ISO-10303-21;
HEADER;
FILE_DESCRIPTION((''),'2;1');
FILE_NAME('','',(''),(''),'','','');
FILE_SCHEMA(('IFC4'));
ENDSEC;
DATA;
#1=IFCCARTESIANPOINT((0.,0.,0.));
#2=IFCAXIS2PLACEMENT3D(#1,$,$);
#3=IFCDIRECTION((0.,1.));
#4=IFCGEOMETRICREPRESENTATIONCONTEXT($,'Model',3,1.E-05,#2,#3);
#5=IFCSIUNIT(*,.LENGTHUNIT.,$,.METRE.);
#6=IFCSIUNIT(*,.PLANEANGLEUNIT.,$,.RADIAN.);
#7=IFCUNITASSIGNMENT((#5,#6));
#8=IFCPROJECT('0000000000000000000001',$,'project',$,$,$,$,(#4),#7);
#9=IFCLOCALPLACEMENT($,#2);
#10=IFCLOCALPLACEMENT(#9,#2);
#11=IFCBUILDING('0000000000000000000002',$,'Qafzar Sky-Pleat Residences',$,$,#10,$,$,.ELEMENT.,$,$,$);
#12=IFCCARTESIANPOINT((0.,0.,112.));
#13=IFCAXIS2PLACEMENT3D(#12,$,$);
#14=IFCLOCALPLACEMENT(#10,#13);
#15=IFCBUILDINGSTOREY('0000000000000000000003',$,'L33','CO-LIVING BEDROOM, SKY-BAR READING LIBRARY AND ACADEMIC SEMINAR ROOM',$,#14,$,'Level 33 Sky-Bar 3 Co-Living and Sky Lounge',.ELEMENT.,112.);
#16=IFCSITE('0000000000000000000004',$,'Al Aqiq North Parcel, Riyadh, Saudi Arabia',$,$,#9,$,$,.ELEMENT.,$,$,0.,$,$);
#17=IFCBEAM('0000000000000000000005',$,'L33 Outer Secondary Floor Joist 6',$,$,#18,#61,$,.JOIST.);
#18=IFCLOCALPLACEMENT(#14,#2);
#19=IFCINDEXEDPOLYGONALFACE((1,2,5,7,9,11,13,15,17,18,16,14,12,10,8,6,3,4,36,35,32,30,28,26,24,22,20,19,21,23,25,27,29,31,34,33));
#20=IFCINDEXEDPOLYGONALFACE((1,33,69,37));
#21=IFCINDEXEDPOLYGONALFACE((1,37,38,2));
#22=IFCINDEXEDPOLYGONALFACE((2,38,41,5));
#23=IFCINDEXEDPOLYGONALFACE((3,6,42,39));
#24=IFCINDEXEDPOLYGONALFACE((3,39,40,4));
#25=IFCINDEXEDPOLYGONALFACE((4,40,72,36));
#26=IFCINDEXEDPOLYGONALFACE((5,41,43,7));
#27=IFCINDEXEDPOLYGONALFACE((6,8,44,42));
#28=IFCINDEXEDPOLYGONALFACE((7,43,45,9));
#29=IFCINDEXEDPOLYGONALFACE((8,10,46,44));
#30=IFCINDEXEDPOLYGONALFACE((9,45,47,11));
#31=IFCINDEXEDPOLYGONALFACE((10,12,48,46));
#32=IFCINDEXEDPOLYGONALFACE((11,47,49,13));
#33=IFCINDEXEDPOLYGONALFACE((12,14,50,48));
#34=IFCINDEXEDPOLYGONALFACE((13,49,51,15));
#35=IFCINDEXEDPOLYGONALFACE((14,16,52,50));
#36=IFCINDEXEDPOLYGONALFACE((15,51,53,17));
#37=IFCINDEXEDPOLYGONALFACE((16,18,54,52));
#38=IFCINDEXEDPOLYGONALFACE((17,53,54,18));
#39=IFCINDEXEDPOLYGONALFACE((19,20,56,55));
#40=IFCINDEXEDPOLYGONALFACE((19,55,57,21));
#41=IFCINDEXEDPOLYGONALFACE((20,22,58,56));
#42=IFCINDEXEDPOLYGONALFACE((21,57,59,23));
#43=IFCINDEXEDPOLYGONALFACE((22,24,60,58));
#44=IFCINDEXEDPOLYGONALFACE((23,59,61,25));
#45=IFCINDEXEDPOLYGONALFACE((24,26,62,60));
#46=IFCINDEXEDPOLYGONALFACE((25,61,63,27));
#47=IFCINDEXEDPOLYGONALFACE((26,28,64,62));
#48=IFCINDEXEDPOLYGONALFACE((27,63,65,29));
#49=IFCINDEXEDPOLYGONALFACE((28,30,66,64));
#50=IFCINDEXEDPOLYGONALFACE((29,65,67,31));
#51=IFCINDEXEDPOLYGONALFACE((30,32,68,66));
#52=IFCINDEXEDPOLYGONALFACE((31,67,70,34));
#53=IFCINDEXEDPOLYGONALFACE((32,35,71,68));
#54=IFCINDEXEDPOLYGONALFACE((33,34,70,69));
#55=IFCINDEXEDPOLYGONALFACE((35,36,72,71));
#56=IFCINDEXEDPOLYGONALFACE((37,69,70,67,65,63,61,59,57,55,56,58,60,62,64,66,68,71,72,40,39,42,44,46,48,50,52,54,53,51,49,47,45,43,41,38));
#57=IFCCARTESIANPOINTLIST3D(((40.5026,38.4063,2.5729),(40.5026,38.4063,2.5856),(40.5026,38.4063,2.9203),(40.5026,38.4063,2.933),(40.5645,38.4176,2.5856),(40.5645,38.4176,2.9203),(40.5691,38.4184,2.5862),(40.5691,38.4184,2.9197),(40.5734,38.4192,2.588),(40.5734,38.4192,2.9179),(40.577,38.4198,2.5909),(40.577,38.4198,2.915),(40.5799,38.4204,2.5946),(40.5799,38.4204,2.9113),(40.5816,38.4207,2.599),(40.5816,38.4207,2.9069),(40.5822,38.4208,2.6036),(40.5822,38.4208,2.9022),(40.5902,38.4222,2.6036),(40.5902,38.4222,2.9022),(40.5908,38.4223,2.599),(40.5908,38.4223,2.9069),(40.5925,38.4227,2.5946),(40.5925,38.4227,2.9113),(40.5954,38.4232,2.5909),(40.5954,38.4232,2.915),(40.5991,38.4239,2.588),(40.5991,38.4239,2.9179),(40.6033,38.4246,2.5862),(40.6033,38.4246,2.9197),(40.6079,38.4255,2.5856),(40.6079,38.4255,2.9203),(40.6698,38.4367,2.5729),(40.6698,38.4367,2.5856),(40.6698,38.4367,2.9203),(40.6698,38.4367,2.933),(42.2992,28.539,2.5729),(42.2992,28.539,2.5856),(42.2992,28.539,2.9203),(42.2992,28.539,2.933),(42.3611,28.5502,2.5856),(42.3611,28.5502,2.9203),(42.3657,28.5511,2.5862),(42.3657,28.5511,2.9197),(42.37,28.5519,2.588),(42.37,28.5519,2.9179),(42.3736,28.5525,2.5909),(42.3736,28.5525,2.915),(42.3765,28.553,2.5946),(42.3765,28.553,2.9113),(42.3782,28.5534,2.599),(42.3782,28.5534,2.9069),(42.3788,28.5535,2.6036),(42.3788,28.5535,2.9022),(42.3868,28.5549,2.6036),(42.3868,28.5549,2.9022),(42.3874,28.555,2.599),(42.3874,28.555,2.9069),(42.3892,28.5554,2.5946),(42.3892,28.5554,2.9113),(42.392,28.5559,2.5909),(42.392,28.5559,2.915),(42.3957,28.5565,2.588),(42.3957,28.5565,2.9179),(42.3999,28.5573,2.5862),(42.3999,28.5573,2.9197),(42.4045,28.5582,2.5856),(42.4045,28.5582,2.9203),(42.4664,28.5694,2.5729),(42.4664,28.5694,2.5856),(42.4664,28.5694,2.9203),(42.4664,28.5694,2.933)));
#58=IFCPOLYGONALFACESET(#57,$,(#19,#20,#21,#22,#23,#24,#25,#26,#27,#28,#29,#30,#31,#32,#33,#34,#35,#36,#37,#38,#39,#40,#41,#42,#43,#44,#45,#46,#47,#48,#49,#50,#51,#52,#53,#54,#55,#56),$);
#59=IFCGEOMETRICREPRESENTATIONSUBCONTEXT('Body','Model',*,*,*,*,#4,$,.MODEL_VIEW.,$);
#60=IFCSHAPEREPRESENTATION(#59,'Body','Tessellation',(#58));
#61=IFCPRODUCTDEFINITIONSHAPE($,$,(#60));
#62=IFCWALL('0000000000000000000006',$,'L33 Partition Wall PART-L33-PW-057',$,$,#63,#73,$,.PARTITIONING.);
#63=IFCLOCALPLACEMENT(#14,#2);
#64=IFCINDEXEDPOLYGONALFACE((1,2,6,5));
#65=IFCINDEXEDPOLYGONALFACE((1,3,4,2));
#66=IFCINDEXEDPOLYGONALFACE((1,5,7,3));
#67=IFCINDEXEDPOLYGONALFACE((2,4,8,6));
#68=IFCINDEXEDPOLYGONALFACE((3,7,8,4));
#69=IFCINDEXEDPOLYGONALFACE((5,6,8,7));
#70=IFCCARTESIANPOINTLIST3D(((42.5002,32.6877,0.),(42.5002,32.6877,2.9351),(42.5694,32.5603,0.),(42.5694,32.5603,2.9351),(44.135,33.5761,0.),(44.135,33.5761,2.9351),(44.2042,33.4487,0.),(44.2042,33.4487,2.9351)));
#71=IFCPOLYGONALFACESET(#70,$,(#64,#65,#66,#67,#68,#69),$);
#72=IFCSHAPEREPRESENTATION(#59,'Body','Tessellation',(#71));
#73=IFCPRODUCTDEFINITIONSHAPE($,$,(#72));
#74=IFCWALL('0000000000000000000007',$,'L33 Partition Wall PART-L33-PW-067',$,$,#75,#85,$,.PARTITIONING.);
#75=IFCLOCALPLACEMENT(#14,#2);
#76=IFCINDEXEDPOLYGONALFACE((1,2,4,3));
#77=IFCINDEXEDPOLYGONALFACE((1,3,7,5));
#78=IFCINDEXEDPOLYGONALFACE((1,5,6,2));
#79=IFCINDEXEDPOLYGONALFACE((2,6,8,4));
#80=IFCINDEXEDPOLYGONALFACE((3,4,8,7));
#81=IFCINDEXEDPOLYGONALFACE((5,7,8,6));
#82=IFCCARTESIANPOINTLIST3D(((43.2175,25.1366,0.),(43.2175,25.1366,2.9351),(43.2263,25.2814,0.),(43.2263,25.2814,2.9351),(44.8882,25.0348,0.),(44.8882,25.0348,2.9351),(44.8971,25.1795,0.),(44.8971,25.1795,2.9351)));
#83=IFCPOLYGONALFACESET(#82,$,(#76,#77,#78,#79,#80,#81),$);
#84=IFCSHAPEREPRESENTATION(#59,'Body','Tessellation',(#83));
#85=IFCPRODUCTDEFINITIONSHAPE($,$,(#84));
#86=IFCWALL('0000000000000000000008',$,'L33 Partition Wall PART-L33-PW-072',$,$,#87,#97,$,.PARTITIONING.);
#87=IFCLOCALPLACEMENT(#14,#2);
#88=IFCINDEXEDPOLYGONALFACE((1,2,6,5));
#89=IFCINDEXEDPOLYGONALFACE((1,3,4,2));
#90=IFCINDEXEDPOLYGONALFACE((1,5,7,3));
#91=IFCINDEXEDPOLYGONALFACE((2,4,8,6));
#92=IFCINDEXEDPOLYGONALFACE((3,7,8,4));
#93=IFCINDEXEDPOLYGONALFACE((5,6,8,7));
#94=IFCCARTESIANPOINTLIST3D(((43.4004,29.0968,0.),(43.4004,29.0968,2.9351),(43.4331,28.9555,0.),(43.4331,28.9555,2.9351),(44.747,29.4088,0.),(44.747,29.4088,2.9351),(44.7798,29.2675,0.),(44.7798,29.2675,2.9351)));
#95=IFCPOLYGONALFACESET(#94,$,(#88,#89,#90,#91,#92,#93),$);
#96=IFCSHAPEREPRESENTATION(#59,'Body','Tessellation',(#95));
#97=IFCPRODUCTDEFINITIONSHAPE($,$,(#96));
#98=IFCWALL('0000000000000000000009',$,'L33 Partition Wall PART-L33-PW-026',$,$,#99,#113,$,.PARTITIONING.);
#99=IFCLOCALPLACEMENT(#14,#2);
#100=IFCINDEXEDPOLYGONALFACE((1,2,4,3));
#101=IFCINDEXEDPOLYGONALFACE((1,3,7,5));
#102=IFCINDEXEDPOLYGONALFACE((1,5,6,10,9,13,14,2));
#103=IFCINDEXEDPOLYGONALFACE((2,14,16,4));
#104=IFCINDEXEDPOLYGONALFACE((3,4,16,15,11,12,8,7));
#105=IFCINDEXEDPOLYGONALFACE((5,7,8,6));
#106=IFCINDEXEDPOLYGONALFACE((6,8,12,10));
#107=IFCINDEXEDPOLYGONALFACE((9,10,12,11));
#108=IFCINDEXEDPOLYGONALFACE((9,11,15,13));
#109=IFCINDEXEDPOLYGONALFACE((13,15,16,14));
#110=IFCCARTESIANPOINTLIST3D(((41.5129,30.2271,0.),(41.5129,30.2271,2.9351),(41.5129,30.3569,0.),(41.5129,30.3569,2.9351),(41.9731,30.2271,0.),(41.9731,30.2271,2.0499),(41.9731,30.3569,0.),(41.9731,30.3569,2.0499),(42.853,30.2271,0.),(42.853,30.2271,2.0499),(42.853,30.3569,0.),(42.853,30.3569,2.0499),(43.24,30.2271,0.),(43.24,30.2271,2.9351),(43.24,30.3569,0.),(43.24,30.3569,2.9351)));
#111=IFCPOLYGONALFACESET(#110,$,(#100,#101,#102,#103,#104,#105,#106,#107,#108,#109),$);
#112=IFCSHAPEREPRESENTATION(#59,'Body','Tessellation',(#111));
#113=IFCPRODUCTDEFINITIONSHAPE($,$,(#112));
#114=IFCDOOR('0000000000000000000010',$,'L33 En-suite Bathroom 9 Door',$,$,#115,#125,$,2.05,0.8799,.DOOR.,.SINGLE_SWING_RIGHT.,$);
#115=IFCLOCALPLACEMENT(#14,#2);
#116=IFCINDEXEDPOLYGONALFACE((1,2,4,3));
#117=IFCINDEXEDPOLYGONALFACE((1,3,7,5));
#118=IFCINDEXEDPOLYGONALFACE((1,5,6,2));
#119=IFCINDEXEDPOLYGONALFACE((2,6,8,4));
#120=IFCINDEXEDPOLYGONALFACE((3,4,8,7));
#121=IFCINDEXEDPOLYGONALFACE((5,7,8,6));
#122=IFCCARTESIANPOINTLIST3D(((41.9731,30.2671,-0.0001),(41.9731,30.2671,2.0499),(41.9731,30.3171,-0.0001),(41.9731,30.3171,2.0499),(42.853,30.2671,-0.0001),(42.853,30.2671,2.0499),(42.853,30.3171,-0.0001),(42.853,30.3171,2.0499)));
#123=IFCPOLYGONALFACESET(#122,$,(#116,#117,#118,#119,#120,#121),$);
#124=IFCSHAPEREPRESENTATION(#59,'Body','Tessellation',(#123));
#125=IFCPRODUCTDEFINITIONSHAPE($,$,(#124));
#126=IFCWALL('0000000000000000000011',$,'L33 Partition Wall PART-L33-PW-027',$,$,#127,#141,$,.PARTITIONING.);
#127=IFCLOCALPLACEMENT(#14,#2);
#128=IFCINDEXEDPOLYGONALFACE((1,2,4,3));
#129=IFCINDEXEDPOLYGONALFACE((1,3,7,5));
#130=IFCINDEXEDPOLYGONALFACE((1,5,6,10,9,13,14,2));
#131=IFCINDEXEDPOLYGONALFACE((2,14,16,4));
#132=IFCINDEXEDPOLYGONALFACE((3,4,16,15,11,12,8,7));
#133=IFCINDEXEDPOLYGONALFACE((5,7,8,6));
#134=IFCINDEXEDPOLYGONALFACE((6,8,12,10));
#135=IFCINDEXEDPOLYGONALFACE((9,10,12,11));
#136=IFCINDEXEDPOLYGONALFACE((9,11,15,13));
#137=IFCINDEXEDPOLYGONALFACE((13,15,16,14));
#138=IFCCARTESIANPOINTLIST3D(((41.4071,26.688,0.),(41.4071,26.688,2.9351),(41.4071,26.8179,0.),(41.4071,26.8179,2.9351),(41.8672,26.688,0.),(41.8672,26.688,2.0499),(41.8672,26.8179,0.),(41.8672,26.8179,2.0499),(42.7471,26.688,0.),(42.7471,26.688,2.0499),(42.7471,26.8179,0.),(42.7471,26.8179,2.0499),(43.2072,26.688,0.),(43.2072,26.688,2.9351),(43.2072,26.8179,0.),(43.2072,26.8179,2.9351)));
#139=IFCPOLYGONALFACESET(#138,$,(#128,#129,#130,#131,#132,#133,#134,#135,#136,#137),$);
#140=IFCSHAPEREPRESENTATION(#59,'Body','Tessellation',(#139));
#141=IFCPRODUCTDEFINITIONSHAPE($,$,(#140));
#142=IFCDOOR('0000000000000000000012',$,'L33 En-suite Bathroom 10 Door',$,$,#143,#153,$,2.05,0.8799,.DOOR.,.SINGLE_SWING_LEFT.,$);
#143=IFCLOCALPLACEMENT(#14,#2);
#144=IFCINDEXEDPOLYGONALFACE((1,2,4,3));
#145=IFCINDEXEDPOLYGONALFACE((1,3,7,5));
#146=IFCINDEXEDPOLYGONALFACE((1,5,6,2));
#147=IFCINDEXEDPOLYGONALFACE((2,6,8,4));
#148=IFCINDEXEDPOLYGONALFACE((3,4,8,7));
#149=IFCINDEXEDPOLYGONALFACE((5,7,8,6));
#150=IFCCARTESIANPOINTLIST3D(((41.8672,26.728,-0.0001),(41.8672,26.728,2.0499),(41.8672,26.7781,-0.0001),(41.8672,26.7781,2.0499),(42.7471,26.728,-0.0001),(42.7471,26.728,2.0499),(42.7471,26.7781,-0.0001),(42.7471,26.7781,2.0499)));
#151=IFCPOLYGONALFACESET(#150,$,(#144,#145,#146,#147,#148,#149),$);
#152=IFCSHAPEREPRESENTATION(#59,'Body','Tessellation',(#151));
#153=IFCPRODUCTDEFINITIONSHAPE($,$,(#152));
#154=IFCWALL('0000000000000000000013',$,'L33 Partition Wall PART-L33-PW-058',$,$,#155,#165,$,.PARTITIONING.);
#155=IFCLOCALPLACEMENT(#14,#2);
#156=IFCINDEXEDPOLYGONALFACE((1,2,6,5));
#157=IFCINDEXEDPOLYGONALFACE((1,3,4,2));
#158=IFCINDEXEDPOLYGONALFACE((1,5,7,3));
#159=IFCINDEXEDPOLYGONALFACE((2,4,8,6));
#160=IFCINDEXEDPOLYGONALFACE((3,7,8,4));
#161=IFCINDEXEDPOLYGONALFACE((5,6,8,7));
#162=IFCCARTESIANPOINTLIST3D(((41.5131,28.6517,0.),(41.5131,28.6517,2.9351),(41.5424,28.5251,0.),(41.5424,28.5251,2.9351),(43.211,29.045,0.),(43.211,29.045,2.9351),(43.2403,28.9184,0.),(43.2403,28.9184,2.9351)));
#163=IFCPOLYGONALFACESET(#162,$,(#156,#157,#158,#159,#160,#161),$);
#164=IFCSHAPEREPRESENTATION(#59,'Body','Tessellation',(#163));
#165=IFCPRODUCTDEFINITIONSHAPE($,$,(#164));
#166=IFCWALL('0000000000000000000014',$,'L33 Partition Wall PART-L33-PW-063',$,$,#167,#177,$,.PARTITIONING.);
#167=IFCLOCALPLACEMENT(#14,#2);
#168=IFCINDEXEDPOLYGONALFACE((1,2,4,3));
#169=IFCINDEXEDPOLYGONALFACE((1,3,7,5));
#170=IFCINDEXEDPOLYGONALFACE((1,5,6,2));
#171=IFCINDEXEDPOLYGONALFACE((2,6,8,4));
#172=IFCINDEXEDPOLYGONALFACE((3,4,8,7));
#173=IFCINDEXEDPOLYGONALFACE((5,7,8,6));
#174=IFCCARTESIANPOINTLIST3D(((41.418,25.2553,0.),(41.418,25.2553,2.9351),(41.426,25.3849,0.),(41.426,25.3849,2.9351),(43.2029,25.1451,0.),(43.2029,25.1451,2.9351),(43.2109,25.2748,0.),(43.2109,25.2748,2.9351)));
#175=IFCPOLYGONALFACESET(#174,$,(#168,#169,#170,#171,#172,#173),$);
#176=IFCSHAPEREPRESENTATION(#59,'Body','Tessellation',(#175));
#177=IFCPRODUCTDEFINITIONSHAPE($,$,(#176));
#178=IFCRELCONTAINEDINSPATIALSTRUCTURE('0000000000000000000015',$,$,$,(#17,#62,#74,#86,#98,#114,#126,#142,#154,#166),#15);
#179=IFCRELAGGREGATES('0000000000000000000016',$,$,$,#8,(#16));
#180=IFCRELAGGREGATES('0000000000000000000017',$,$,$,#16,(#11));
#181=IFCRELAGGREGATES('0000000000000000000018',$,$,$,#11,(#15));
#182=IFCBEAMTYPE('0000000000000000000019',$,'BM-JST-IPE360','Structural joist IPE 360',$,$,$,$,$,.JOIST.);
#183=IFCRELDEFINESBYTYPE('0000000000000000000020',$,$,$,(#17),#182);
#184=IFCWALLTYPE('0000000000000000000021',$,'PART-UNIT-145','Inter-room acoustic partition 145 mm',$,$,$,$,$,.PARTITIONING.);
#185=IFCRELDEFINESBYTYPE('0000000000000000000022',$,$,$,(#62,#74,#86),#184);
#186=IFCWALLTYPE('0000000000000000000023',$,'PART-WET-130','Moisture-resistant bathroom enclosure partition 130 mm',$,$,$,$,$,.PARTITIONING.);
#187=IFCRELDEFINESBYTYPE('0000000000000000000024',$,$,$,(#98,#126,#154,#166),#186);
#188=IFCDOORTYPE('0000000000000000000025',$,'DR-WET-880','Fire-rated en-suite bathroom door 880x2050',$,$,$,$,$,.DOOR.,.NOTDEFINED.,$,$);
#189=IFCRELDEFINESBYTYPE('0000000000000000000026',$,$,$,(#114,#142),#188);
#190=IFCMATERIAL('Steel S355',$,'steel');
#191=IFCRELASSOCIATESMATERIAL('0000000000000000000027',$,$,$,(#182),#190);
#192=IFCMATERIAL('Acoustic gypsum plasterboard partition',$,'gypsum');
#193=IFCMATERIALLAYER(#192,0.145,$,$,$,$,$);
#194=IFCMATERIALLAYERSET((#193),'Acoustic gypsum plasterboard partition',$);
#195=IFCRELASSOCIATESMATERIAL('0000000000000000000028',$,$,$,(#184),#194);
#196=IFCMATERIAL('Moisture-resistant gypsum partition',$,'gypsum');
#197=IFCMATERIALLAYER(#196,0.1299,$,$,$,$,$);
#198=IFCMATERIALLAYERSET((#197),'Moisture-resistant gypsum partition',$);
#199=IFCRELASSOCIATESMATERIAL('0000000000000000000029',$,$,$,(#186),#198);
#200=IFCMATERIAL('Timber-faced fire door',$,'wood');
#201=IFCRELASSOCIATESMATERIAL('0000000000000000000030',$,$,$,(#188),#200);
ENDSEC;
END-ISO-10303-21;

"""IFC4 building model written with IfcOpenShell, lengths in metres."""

from ifc_helpers import new_model, si_unit, direction, frame, frame_2d, origin, origin_2d, place, context, subcontext, project, spatial, rectangle, i_section, extrude, source, transform, mapped, material, layer, layer_set, material_profile, profile_set, type_object, element, fill, save


model = new_model("IFC4")

# Units and contexts
model_context = context("Model", 3, precision=1e-05, world=origin(), true_north=direction((0.0, 1.0)))
body_context = subcontext(model_context, "Body", "Model", "MODEL_VIEW")
ifc_project = project(units=[si_unit("LENGTHUNIT", "METRE"), si_unit("PLANEANGLEUNIT", "RADIAN")], contexts=[model_context])

# Site, building, storey
site_placement = place(None, origin())
site = spatial("IfcSite", under=ifc_project, at=site_placement, Name="Al Aqiq North Parcel, Riyadh, Saudi Arabia", CompositionType="ELEMENT", RefElevation=0.0)
building_placement = place(site_placement, origin())
building = spatial("IfcBuilding", under=site, at=building_placement, Name="Qafzar Sky-Pleat Residences", CompositionType="ELEMENT")
storey_placement = place(building_placement, frame((0.0, 0.0, 112.0)))
storey = spatial("IfcBuildingStorey", under=building, at=storey_placement, Name="L33", Description="CO-LIVING BEDROOM, SKY-BAR READING LIBRARY AND ACADEMIC SEMINAR ROOM", LongName="Level 33 Sky-Bar 3 Co-Living and Sky Lounge", CompositionType="ELEMENT", Elevation=112.0)

# Beam
ifc_material_1 = material(Name="Steel S355", Category="steel")
ifc_material_profile_1 = material_profile(ifc_material_1, i_section(OverallWidth=0.1699, OverallDepth=0.3601, WebThickness=0.0081, FlangeThickness=0.0127, FilletRadius=0.0181, at=origin_2d()), Name="IPE 360")
ifc_profile_set_1 = profile_set([ifc_material_profile_1], Name="Steel S355")
beam_type_1 = type_object("IfcBeamType", Name="BM-JST-IPE360", Description="Structural joist IPE 360", PredefinedType="JOIST", material=ifc_profile_set_1)
shared_shape_1 = source(origin(), body_context, "Body", "SweptSolid", [
    extrude(i_section(OverallWidth=0.1699, OverallDepth=0.3601, WebThickness=0.0081, FlangeThickness=0.0127, FilletRadius=0.0181, at=origin_2d()), origin(), (0.0, 0.0, 1.0), 10.0295),
])
beam_1_placement = place(storey_placement, frame((42.3828, 28.5542, 2.7529), z_axis=(-0.179132, 0.983825, 0.0), x_axis=(-0.983825, -0.179132, 0.0)))
element("IfcBeam", 1, at=beam_1_placement, inside=storey, type_object=beam_type_1, Name="L33 Outer Secondary Floor Joist 6", PredefinedType="JOIST", context=body_context, shape_type="MappedRepresentation", body=[
    mapped(shared_shape_1, transform((0.0, 0.0, 0.0), x_axis=(1.0, 0.0, 0.0), y_axis=(0.0, 1.0, 0.0), z_axis=(0.0, 0.0, 1.0), scale=1.0)),
])

# Walls
ifc_material_2 = material(Name="Acoustic gypsum plasterboard partition", Category="gypsum")
ifc_layer_1 = layer(ifc_material_2, 0.145)
ifc_layer_set_1 = layer_set([ifc_layer_1], Name="Acoustic gypsum plasterboard partition")
wall_type_1 = type_object("IfcWallType", Name="PART-UNIT-145", Description="Inter-room acoustic partition 145 mm", PredefinedType="PARTITIONING", material=ifc_layer_set_1)
wall_1_placement = place(storey_placement, frame((42.5349, 32.624, 0.0), z_axis=(0.0, 0.0, 1.0), x_axis=(0.878632, 0.4775, 0.0)))
element("IfcWall", 2, at=wall_1_placement, inside=storey, type_object=wall_type_1, Name="L33 Partition Wall PART-L33-PW-057", PredefinedType="PARTITIONING", context=body_context, shape_type="SweptSolid", body=[
    extrude(rectangle(XDim=1.8606, YDim=0.145, at=frame_2d((0.9302, 0.0))), origin(), (0.0, 0.0, 1.0), 2.9351),
])
wall_2_placement = place(storey_placement, frame((43.2219, 25.209, 0.0), z_axis=(0.0, 0.0, 1.0), x_axis=(0.998148, -0.060825, 0.0)))
element("IfcWall", 3, at=wall_2_placement, inside=storey, type_object=wall_type_1, Name="L33 Partition Wall PART-L33-PW-067", PredefinedType="PARTITIONING", context=body_context, shape_type="SweptSolid", body=[
    extrude(rectangle(XDim=1.6738, YDim=0.145, at=frame_2d((0.8369, 0.0))), origin(), (0.0, 0.0, 1.0), 2.9351),
])
wall_3_placement = place(storey_placement, frame((43.4167, 29.0261, 0.0), z_axis=(0.0, 0.0, 1.0), x_axis=(0.974194, 0.225711, 0.0)))
element("IfcWall", 4, at=wall_3_placement, inside=storey, type_object=wall_type_1, Name="L33 Partition Wall PART-L33-PW-072", PredefinedType="PARTITIONING", context=body_context, shape_type="SweptSolid", body=[
    extrude(rectangle(XDim=1.3823, YDim=0.145, at=frame_2d((0.6912, 0.0))), origin(), (0.0, 0.0, 1.0), 2.9351),
])

# Walls, openings, doors
ifc_material_3 = material(Name="Moisture-resistant gypsum partition", Category="gypsum")
ifc_layer_2 = layer(ifc_material_3, 0.1299)
ifc_layer_set_2 = layer_set([ifc_layer_2], Name="Moisture-resistant gypsum partition")
wall_type_2 = type_object("IfcWallType", Name="PART-WET-130", Description="Moisture-resistant bathroom enclosure partition 130 mm", PredefinedType="PARTITIONING", material=ifc_layer_set_2)
wall_4_placement = place(storey_placement, frame((43.24, 30.292, 0.0), z_axis=(0.0, 0.0, 1.0), x_axis=(-1.0, 0.0, 0.0)))
wall_4 = element("IfcWall", 5, at=wall_4_placement, inside=storey, type_object=wall_type_2, Name="L33 Partition Wall PART-L33-PW-026", PredefinedType="PARTITIONING", context=body_context, shape_type="SweptSolid", body=[
    extrude(rectangle(XDim=1.7271, YDim=0.1299, at=frame_2d((0.8635, 0.0))), origin(), (0.0, 0.0, 1.0), 2.9351),
])
opening_1_placement = place(wall_4_placement, frame((0.387, 0.0, 0.0)))
opening_1 = element("IfcOpeningElement", 6, at=opening_1_placement, cuts=wall_4, PredefinedType="OPENING", context=body_context, shape_type="SweptSolid", body=[
    extrude(rectangle(XDim=0.8799, YDim=2.05, at=frame_2d((0.4399, 1.0249))), frame((0.0, 0.075, 0.0), z_axis=(0.0, -1.0, 0.0), x_axis=(1.0, 0.0, 0.0)), (0.0, 0.0, 1.0), 0.1499),
])
ifc_material_4 = material(Name="Timber-faced fire door", Category="wood")
door_type = type_object("IfcDoorType", Name="DR-WET-880", Description="Fire-rated en-suite bathroom door 880x2050", OperationType="NOTDEFINED", PredefinedType="DOOR", material=ifc_material_4)
shared_shape_2 = source(origin(), body_context, "Body", "SweptSolid", [
    extrude(rectangle(XDim=0.8799, YDim=2.05, at=frame_2d((0.4399, 1.0249))), frame((0.0, 0.0249, 0.0), z_axis=(0.0, -1.0, 0.0), x_axis=(1.0, 0.0, 0.0)), (0.0, 0.0, 1.0), 0.05),
])
door_1_placement = place(opening_1_placement, origin())
door_1 = element("IfcDoor", 7, at=door_1_placement, inside=storey, type_object=door_type, Name="L33 En-suite Bathroom 9 Door", OperationType="SINGLE_SWING_RIGHT", OverallHeight=2.05, OverallWidth=0.8799, PredefinedType="DOOR", context=body_context, shape_type="MappedRepresentation", body=[
    mapped(shared_shape_2, transform((0.0, 0.0, 0.0), x_axis=(1.0, 0.0, 0.0), y_axis=(0.0, 1.0, 0.0), z_axis=(0.0, 0.0, 1.0), scale=1.0)),
])
fill(opening_1, door_1)
wall_5_placement = place(storey_placement, frame((43.207, 26.7529, 0.0), z_axis=(0.0, 0.0, 1.0), x_axis=(-1.0, 0.0, 0.0)))
wall_5 = element("IfcWall", 8, at=wall_5_placement, inside=storey, type_object=wall_type_2, Name="L33 Partition Wall PART-L33-PW-027", PredefinedType="PARTITIONING", context=body_context, shape_type="SweptSolid", body=[
    extrude(rectangle(XDim=1.8, YDim=0.1299, at=frame_2d((0.8999, 0.0))), origin(), (0.0, 0.0, 1.0), 2.9351),
])
opening_2_placement = place(wall_5_placement, frame((0.46, 0.0, 0.0)))
opening_2 = element("IfcOpeningElement", 9, at=opening_2_placement, cuts=wall_5, PredefinedType="OPENING", context=body_context, shape_type="SweptSolid", body=[
    extrude(rectangle(XDim=0.8799, YDim=2.05, at=frame_2d((0.4399, 1.0249))), frame((0.0, 0.075, 0.0), z_axis=(0.0, -1.0, 0.0), x_axis=(1.0, 0.0, 0.0)), (0.0, 0.0, 1.0), 0.1499),
])
door_2_placement = place(opening_2_placement, origin())
door_2 = element("IfcDoor", 10, at=door_2_placement, inside=storey, type_object=door_type, Name="L33 En-suite Bathroom 10 Door", OperationType="SINGLE_SWING_LEFT", OverallHeight=2.05, OverallWidth=0.8799, PredefinedType="DOOR", context=body_context, shape_type="MappedRepresentation", body=[
    mapped(shared_shape_2, transform((0.0, 0.0, 0.0), x_axis=(1.0, 0.0, 0.0), y_axis=(0.0, 1.0, 0.0), z_axis=(0.0, 0.0, 1.0), scale=1.0)),
])
fill(opening_2, door_2)

# Walls
wall_6_placement = place(storey_placement, frame((41.5276, 28.5884, 0.0), z_axis=(0.0, 0.0, 1.0), x_axis=(0.974207, 0.225657, 0.0)))
element("IfcWall", 11, at=wall_6_placement, inside=storey, type_object=wall_type_2, Name="L33 Partition Wall PART-L33-PW-058", PredefinedType="PARTITIONING", context=body_context, shape_type="SweptSolid", body=[
    extrude(rectangle(XDim=1.7429, YDim=0.1299, at=frame_2d((0.8716, 0.0))), origin(), (0.0, 0.0, 1.0), 2.9351),
])
wall_7_placement = place(storey_placement, frame((41.4221, 25.3201, 0.0), z_axis=(0.0, 0.0, 1.0), x_axis=(0.998103, -0.061571, 0.0)))
element("IfcWall", 12, at=wall_7_placement, inside=storey, type_object=wall_type_2, Name="L33 Partition Wall PART-L33-PW-063", PredefinedType="PARTITIONING", context=body_context, shape_type="SweptSolid", body=[
    extrude(rectangle(XDim=1.7883, YDim=0.1299, at=frame_2d((0.894, 0.0))), origin(), (0.0, 0.0, 1.0), 2.9351),
])

save(model, "model.ifc")
